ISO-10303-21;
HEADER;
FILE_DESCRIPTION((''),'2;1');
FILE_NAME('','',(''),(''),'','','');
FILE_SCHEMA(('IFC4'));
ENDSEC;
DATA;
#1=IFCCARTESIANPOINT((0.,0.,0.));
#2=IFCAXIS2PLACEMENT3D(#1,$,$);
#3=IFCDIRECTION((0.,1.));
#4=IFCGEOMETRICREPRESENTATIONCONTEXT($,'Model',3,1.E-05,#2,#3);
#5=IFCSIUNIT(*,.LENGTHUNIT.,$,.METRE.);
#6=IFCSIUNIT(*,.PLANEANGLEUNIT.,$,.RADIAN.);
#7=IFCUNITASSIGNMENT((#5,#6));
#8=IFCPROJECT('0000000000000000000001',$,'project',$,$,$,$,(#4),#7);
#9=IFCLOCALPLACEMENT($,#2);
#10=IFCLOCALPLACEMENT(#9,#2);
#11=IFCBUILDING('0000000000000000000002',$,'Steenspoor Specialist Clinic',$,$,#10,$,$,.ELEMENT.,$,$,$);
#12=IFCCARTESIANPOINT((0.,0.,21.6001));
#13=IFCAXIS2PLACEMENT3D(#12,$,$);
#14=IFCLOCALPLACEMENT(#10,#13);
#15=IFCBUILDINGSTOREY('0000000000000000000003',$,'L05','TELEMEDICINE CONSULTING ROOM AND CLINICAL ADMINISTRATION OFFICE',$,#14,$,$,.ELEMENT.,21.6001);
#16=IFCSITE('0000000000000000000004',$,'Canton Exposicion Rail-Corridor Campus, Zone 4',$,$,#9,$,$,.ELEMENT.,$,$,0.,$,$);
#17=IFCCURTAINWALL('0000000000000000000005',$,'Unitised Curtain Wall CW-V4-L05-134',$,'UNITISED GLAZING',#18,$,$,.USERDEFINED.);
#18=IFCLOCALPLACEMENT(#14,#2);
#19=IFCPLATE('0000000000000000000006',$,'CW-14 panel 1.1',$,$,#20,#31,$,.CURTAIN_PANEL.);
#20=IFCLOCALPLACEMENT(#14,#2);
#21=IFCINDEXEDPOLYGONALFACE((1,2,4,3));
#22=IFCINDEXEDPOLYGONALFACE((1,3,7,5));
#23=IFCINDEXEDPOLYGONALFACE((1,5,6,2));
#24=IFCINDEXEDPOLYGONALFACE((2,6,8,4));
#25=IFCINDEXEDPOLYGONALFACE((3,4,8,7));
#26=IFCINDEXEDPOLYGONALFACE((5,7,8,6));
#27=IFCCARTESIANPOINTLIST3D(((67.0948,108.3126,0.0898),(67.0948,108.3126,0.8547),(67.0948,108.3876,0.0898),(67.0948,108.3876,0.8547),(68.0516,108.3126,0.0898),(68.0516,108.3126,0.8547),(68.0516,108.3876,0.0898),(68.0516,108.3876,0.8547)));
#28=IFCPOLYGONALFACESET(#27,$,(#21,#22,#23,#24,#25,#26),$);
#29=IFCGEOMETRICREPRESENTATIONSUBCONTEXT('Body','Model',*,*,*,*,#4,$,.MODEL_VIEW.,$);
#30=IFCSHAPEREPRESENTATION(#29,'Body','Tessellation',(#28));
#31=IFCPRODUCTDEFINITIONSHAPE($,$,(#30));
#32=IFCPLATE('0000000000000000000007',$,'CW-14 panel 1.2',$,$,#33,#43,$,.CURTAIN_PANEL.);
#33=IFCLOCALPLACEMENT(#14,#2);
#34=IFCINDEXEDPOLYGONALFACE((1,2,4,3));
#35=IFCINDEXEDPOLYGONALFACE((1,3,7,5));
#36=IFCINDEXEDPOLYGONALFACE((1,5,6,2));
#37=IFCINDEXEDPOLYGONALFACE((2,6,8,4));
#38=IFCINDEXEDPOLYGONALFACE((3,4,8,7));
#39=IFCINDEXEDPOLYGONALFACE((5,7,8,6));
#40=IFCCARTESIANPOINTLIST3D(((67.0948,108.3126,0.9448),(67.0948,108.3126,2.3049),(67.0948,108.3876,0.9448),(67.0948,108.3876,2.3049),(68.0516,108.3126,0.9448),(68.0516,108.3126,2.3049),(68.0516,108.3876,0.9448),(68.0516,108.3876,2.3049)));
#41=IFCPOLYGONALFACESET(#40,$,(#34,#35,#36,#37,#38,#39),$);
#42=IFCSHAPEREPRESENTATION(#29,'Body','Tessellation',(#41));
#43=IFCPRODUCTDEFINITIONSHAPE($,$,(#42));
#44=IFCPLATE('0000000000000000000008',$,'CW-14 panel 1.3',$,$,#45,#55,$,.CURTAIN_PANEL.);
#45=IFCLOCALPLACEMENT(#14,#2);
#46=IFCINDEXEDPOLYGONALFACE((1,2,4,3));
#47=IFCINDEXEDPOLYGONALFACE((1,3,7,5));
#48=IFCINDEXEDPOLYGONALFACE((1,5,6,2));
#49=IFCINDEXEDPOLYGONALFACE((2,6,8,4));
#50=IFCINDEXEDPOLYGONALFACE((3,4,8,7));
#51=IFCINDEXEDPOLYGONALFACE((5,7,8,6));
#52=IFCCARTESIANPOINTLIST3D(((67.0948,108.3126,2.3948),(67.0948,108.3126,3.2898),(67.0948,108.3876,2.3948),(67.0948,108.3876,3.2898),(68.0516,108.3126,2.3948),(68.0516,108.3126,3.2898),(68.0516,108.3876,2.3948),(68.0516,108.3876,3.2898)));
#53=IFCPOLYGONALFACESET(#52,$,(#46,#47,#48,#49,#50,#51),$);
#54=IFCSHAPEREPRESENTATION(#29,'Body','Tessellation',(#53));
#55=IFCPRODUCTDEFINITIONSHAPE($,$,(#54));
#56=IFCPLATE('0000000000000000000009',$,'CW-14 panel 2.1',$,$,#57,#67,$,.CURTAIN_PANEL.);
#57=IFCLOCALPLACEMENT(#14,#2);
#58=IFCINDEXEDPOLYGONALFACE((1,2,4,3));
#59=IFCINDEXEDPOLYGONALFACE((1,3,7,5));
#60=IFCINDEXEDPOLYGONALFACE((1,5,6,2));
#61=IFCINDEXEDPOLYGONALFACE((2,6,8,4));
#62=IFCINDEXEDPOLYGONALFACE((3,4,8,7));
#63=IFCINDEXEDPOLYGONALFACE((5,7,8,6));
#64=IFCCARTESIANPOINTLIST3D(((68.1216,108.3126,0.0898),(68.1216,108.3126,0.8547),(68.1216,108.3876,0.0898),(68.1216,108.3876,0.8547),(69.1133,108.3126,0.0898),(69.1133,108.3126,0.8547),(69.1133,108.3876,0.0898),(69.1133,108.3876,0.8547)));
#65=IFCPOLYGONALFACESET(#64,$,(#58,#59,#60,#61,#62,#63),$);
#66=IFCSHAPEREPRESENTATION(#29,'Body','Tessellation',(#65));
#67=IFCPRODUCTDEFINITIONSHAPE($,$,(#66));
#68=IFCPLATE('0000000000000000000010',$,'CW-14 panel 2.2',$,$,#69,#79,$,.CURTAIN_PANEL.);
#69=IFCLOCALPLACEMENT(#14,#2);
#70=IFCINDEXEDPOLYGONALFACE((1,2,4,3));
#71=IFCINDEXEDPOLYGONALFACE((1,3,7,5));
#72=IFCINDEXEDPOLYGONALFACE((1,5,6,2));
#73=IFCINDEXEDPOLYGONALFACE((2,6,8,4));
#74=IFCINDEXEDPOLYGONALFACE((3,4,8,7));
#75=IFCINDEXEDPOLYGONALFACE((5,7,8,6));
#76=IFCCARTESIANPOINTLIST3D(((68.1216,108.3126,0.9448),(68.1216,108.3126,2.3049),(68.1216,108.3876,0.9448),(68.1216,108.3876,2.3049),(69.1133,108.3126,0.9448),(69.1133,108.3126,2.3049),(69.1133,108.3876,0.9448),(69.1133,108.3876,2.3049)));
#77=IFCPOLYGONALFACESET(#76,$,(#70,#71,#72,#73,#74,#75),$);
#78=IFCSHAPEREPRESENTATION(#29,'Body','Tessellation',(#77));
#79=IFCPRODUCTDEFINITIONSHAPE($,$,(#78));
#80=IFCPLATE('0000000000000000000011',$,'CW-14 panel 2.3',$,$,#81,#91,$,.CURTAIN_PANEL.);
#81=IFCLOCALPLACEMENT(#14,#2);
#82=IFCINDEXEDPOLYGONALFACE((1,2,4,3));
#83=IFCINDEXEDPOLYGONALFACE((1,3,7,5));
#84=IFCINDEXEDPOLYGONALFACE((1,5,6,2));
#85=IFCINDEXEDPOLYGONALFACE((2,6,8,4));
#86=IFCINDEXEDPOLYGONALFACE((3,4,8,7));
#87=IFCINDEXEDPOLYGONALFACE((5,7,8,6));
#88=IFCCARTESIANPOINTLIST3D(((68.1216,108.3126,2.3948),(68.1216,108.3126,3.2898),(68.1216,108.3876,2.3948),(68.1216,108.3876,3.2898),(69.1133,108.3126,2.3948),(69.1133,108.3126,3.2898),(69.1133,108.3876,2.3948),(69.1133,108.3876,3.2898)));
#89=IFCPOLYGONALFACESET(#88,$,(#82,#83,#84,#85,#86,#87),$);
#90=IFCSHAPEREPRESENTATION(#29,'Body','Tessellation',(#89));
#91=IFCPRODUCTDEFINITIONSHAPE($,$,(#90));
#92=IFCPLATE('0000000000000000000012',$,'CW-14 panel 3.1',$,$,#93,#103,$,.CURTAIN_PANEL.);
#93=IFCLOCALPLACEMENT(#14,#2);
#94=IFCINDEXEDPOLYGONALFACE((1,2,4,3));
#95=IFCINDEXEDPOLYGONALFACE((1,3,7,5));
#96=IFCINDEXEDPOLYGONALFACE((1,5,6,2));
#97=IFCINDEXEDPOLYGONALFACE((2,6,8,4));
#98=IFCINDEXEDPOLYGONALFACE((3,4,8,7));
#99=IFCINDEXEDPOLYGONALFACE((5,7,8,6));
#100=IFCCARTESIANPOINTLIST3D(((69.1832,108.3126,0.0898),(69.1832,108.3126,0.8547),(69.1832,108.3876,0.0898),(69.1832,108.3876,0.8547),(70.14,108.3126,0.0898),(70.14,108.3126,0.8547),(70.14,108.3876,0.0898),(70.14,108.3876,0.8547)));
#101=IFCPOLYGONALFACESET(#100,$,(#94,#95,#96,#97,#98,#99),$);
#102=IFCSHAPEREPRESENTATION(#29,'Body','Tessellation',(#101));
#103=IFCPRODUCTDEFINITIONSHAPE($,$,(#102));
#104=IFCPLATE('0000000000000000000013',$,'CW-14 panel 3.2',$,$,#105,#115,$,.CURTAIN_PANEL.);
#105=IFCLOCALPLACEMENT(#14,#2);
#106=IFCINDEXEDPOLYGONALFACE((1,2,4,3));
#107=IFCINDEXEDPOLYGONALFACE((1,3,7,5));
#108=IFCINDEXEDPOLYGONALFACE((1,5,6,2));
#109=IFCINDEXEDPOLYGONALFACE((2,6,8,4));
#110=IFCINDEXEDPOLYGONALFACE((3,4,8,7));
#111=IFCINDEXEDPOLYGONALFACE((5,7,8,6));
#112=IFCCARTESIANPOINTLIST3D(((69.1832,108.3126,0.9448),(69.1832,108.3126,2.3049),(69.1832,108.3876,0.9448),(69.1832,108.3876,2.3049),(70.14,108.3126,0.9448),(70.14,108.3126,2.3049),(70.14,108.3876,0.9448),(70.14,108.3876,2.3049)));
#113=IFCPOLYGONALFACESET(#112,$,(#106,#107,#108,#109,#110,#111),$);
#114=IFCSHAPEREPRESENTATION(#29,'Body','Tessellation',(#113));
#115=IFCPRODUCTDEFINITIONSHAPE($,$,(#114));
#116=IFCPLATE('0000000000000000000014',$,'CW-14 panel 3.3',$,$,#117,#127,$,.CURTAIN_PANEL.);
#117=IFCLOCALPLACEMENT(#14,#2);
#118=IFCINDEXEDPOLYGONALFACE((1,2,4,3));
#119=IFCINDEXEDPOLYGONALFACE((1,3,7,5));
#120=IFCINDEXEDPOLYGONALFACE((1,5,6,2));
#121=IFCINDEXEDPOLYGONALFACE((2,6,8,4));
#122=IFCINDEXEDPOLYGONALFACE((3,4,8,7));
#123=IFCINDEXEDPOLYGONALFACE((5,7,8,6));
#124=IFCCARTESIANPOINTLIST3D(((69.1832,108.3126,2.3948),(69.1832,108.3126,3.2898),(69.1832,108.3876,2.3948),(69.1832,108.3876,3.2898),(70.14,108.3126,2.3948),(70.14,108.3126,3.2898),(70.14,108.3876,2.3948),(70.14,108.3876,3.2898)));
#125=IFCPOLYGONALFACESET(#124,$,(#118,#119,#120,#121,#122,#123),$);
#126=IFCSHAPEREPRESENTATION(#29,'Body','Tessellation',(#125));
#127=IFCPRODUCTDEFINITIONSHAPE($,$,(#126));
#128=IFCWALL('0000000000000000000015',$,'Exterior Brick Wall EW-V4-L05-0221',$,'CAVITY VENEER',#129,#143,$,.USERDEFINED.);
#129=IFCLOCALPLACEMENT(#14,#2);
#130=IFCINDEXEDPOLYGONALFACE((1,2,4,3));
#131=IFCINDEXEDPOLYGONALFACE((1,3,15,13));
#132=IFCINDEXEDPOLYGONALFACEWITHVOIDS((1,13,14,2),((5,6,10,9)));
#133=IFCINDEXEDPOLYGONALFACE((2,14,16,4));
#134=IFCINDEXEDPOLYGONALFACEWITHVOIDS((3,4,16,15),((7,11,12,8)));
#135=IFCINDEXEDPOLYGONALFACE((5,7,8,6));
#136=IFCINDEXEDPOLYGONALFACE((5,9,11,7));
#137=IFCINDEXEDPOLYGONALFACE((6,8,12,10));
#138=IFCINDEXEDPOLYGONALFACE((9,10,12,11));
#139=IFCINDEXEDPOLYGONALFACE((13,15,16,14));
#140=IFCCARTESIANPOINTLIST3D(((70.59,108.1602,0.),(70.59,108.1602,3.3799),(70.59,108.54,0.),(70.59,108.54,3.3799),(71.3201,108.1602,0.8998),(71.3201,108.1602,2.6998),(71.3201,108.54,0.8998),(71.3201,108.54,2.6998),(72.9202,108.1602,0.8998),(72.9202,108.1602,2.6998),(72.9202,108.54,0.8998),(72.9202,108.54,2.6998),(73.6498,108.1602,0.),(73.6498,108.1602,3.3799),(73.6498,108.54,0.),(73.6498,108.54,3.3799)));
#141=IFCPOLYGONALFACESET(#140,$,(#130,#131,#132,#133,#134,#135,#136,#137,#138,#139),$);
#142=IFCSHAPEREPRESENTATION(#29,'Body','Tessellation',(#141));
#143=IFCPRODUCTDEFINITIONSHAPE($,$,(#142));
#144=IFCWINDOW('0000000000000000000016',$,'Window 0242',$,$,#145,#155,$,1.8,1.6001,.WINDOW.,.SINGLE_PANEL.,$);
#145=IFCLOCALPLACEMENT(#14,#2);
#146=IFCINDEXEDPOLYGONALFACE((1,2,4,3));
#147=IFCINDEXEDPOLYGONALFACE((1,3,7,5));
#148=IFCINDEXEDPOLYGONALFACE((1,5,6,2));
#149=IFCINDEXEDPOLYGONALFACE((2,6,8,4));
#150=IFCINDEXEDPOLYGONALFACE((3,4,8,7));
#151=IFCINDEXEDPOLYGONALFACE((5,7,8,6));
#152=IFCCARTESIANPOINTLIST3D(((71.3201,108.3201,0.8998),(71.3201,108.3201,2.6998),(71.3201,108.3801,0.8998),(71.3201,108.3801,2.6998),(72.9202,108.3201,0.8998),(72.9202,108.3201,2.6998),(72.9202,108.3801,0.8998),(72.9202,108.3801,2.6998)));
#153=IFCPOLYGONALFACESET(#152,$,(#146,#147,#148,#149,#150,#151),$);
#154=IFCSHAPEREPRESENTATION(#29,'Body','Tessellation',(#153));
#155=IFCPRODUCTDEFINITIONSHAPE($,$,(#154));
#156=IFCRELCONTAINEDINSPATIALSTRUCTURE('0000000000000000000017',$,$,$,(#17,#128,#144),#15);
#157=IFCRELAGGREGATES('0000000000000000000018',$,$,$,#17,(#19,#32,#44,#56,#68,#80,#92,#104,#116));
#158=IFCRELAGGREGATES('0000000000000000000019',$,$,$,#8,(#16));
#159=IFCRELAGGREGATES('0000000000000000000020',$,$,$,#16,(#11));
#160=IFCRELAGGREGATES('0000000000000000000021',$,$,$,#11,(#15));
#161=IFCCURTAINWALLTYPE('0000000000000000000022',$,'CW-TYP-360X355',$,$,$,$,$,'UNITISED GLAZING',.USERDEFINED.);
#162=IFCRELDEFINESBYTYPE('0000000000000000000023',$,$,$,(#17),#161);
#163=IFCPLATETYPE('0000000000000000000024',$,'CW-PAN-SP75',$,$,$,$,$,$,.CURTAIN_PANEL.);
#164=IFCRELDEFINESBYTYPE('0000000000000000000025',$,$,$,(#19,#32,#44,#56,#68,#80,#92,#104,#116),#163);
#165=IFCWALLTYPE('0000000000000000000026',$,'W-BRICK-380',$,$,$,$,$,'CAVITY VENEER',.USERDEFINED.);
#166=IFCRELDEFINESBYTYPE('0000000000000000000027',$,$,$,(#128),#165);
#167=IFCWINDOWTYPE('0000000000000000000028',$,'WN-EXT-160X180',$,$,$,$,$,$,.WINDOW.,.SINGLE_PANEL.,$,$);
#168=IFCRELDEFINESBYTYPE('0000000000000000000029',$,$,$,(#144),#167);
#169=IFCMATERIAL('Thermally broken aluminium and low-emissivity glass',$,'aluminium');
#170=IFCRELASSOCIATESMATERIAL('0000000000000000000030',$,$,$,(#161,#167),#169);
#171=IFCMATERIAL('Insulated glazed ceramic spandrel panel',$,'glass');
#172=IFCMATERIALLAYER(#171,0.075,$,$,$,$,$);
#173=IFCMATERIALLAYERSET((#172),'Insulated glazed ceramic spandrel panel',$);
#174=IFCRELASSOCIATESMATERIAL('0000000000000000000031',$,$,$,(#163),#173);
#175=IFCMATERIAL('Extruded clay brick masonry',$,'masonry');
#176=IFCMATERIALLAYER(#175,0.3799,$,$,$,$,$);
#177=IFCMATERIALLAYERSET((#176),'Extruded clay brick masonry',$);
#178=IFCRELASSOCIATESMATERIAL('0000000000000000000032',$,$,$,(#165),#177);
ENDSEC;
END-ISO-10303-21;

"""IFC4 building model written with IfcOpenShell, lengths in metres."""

from ifc_helpers import new_model, si_unit, direction, frame, frame_2d, origin, origin_2d, place, context, subcontext, project, spatial, rectangle, extrude, material, layer, layer_set, type_object, element, fill, aggregate, save


model = new_model("IFC4")

# Units and contexts
model_context = context("Model", 3, precision=1e-05, world=origin(), true_north=direction((0.0, 1.0)))
body_context = subcontext(model_context, "Body", "Model", "MODEL_VIEW")
ifc_project = project(units=[si_unit("LENGTHUNIT", "METRE"), si_unit("PLANEANGLEUNIT", "RADIAN")], contexts=[model_context])

# Site, building, storey
site_placement = place(None, origin())
site = spatial("IfcSite", under=ifc_project, at=site_placement, Name="Canton Exposicion Rail-Corridor Campus, Zone 4", CompositionType="ELEMENT", RefElevation=0.0)
building_placement = place(site_placement, origin())
building = spatial("IfcBuilding", under=site, at=building_placement, Name="Steenspoor Specialist Clinic", CompositionType="ELEMENT")
storey_placement = place(building_placement, frame((0.0, 0.0, 21.6001)))
storey = spatial("IfcBuildingStorey", under=building, at=storey_placement, Name="L05", Description="TELEMEDICINE CONSULTING ROOM AND CLINICAL ADMINISTRATION OFFICE", CompositionType="ELEMENT", Elevation=21.6001)

# Curtain wall
ifc_material_1 = material(Name="Thermally broken aluminium and low-emissivity glass", Category="aluminium")
curtain_wall_type = type_object("IfcCurtainWallType", Name="CW-TYP-360X355", ElementType="UNITISED GLAZING", PredefinedType="USERDEFINED", material=ifc_material_1)
curtain_wall_placement = place(storey_placement, origin())
curtain_wall = element("IfcCurtainWall", 1, at=curtain_wall_placement, inside=storey, type_object=curtain_wall_type, Name="Unitised Curtain Wall CW-V4-L05-134", ObjectType="UNITISED GLAZING", PredefinedType="USERDEFINED")

# Plates
ifc_material_2 = material(Name="Insulated glazed ceramic spandrel panel", Category="glass")
ifc_layer_1 = layer(ifc_material_2, 0.075)
ifc_layer_set_1 = layer_set([ifc_layer_1], Name="Insulated glazed ceramic spandrel panel")
plate_type = type_object("IfcPlateType", Name="CW-PAN-SP75", PredefinedType="CURTAIN_PANEL", material=ifc_layer_set_1)
plate_1_placement = place(storey_placement, frame((67.5732, 108.3501, 0.0898), z_axis=(0.0, 0.0, 1.0), x_axis=(1.0, 0.0, 0.0)))
plate_1 = element("IfcPlate", 2, at=plate_1_placement, type_object=plate_type, Name="CW-14 panel 1.1", PredefinedType="CURTAIN_PANEL", context=body_context, shape_type="SweptSolid", body=[
    extrude(rectangle(XDim=0.9568, YDim=0.075, at=origin_2d()), origin(), (0.0, 0.0, 1.0), 0.7649),
])
plate_2_placement = place(storey_placement, frame((67.5732, 108.3501, 0.9448), z_axis=(0.0, 0.0, 1.0), x_axis=(1.0, 0.0, 0.0)))
plate_2 = element("IfcPlate", 3, at=plate_2_placement, type_object=plate_type, Name="CW-14 panel 1.2", PredefinedType="CURTAIN_PANEL", context=body_context, shape_type="SweptSolid", body=[
    extrude(rectangle(XDim=0.9568, YDim=0.075, at=origin_2d()), origin(), (0.0, 0.0, 1.0), 1.3601),
])
plate_3_placement = place(storey_placement, frame((67.5732, 108.3501, 2.3948), z_axis=(0.0, 0.0, 1.0), x_axis=(1.0, 0.0, 0.0)))
plate_3 = element("IfcPlate", 4, at=plate_3_placement, type_object=plate_type, Name="CW-14 panel 1.3", PredefinedType="CURTAIN_PANEL", context=body_context, shape_type="SweptSolid", body=[
    extrude(rectangle(XDim=0.9568, YDim=0.075, at=origin_2d()), origin(), (0.0, 0.0, 1.0), 0.895),
])
plate_4_placement = place(storey_placement, frame((68.6174, 108.3501, 0.0898), z_axis=(0.0, 0.0, 1.0), x_axis=(1.0, 0.0, 0.0)))
plate_4 = element("IfcPlate", 5, at=plate_4_placement, type_object=plate_type, Name="CW-14 panel 2.1", PredefinedType="CURTAIN_PANEL", context=body_context, shape_type="SweptSolid", body=[
    extrude(rectangle(XDim=0.9917, YDim=0.075, at=origin_2d()), origin(), (0.0, 0.0, 1.0), 0.7649),
])
plate_5_placement = place(storey_placement, frame((68.6174, 108.3501, 0.9448), z_axis=(0.0, 0.0, 1.0), x_axis=(1.0, 0.0, 0.0)))
plate_5 = element("IfcPlate", 6, at=plate_5_placement, type_object=plate_type, Name="CW-14 panel 2.2", PredefinedType="CURTAIN_PANEL", context=body_context, shape_type="SweptSolid", body=[
    extrude(rectangle(XDim=0.9917, YDim=0.075, at=origin_2d()), origin(), (0.0, 0.0, 1.0), 1.3601),
])
plate_6_placement = place(storey_placement, frame((68.6174, 108.3501, 2.3948), z_axis=(0.0, 0.0, 1.0), x_axis=(1.0, 0.0, 0.0)))
plate_6 = element("IfcPlate", 7, at=plate_6_placement, type_object=plate_type, Name="CW-14 panel 2.3", PredefinedType="CURTAIN_PANEL", context=body_context, shape_type="SweptSolid", body=[
    extrude(rectangle(XDim=0.9917, YDim=0.075, at=origin_2d()), origin(), (0.0, 0.0, 1.0), 0.895),
])
plate_7_placement = place(storey_placement, frame((69.6616, 108.3501, 0.0898), z_axis=(0.0, 0.0, 1.0), x_axis=(1.0, 0.0, 0.0)))
plate_7 = element("IfcPlate", 8, at=plate_7_placement, type_object=plate_type, Name="CW-14 panel 3.1", PredefinedType="CURTAIN_PANEL", context=body_context, shape_type="SweptSolid", body=[
    extrude(rectangle(XDim=0.9568, YDim=0.075, at=origin_2d()), origin(), (0.0, 0.0, 1.0), 0.7649),
])
plate_8_placement = place(storey_placement, frame((69.6616, 108.3501, 0.9448), z_axis=(0.0, 0.0, 1.0), x_axis=(1.0, 0.0, 0.0)))
plate_8 = element("IfcPlate", 9, at=plate_8_placement, type_object=plate_type, Name="CW-14 panel 3.2", PredefinedType="CURTAIN_PANEL", context=body_context, shape_type="SweptSolid", body=[
    extrude(rectangle(XDim=0.9568, YDim=0.075, at=origin_2d()), origin(), (0.0, 0.0, 1.0), 1.3601),
])
plate_9_placement = place(storey_placement, frame((69.6616, 108.3501, 2.3948), z_axis=(0.0, 0.0, 1.0), x_axis=(1.0, 0.0, 0.0)))
plate_9 = element("IfcPlate", 10, at=plate_9_placement, type_object=plate_type, Name="CW-14 panel 3.3", PredefinedType="CURTAIN_PANEL", context=body_context, shape_type="SweptSolid", body=[
    extrude(rectangle(XDim=0.9568, YDim=0.075, at=origin_2d()), origin(), (0.0, 0.0, 1.0), 0.895),
])
aggregate(curtain_wall, [plate_1, plate_2, plate_3, plate_4, plate_5, plate_6, plate_7, plate_8, plate_9])

# Wall, opening, window
ifc_material_3 = material(Name="Extruded clay brick masonry", Category="masonry")
ifc_layer_2 = layer(ifc_material_3, 0.3799)
ifc_layer_set_2 = layer_set([ifc_layer_2], Name="Extruded clay brick masonry")
wall_type = type_object("IfcWallType", Name="W-BRICK-380", ElementType="CAVITY VENEER", PredefinedType="USERDEFINED", material=ifc_layer_set_2)
wall_placement = place(storey_placement, frame((70.5901, 108.3501, 0.0), z_axis=(0.0, 0.0, 1.0), x_axis=(1.0, 0.0, 0.0)))
wall = element("IfcWall", 11, at=wall_placement, inside=storey, type_object=wall_type, Name="Exterior Brick Wall EW-V4-L05-0221", ObjectType="CAVITY VENEER", PredefinedType="USERDEFINED", context=body_context, shape_type="SweptSolid", body=[
    extrude(rectangle(XDim=3.0598, YDim=0.3799, at=frame_2d((1.5298, 0.0))), origin(), (0.0, 0.0, 1.0), 3.3799),
])
opening_placement = place(wall_placement, frame((0.73, 0.0, 0.8999)))
opening = element("IfcOpeningElement", 12, at=opening_placement, cuts=wall, PredefinedType="OPENING", context=body_context, shape_type="SweptSolid", body=[
    extrude(rectangle(XDim=1.6001, YDim=1.8, at=frame_2d((0.8, 0.8999))), frame((0.0, 0.2, 0.0), z_axis=(0.0, -1.0, 0.0), x_axis=(1.0, 0.0, 0.0)), (0.0, 0.0, 1.0), 0.3999),
])
window_type = type_object("IfcWindowType", Name="WN-EXT-160X180", PartitioningType="SINGLE_PANEL", PredefinedType="WINDOW", material=ifc_material_1)
window_placement = place(opening_placement, origin())
window = element("IfcWindow", 13, at=window_placement, inside=storey, type_object=window_type, Name="Window 0242", OverallHeight=1.8, OverallWidth=1.6001, PartitioningType="SINGLE_PANEL", PredefinedType="WINDOW", context=body_context, shape_type="SweptSolid", body=[
    extrude(rectangle(XDim=1.6001, YDim=1.8, at=frame_2d((0.8, 0.8999))), frame((0.0, 0.03, 0.0), z_axis=(0.0, -1.0, 0.0), x_axis=(1.0, 0.0, 0.0)), (0.0, 0.0, 1.0), 0.0601),
])
fill(opening, window)

save(model, "model.ifc")
